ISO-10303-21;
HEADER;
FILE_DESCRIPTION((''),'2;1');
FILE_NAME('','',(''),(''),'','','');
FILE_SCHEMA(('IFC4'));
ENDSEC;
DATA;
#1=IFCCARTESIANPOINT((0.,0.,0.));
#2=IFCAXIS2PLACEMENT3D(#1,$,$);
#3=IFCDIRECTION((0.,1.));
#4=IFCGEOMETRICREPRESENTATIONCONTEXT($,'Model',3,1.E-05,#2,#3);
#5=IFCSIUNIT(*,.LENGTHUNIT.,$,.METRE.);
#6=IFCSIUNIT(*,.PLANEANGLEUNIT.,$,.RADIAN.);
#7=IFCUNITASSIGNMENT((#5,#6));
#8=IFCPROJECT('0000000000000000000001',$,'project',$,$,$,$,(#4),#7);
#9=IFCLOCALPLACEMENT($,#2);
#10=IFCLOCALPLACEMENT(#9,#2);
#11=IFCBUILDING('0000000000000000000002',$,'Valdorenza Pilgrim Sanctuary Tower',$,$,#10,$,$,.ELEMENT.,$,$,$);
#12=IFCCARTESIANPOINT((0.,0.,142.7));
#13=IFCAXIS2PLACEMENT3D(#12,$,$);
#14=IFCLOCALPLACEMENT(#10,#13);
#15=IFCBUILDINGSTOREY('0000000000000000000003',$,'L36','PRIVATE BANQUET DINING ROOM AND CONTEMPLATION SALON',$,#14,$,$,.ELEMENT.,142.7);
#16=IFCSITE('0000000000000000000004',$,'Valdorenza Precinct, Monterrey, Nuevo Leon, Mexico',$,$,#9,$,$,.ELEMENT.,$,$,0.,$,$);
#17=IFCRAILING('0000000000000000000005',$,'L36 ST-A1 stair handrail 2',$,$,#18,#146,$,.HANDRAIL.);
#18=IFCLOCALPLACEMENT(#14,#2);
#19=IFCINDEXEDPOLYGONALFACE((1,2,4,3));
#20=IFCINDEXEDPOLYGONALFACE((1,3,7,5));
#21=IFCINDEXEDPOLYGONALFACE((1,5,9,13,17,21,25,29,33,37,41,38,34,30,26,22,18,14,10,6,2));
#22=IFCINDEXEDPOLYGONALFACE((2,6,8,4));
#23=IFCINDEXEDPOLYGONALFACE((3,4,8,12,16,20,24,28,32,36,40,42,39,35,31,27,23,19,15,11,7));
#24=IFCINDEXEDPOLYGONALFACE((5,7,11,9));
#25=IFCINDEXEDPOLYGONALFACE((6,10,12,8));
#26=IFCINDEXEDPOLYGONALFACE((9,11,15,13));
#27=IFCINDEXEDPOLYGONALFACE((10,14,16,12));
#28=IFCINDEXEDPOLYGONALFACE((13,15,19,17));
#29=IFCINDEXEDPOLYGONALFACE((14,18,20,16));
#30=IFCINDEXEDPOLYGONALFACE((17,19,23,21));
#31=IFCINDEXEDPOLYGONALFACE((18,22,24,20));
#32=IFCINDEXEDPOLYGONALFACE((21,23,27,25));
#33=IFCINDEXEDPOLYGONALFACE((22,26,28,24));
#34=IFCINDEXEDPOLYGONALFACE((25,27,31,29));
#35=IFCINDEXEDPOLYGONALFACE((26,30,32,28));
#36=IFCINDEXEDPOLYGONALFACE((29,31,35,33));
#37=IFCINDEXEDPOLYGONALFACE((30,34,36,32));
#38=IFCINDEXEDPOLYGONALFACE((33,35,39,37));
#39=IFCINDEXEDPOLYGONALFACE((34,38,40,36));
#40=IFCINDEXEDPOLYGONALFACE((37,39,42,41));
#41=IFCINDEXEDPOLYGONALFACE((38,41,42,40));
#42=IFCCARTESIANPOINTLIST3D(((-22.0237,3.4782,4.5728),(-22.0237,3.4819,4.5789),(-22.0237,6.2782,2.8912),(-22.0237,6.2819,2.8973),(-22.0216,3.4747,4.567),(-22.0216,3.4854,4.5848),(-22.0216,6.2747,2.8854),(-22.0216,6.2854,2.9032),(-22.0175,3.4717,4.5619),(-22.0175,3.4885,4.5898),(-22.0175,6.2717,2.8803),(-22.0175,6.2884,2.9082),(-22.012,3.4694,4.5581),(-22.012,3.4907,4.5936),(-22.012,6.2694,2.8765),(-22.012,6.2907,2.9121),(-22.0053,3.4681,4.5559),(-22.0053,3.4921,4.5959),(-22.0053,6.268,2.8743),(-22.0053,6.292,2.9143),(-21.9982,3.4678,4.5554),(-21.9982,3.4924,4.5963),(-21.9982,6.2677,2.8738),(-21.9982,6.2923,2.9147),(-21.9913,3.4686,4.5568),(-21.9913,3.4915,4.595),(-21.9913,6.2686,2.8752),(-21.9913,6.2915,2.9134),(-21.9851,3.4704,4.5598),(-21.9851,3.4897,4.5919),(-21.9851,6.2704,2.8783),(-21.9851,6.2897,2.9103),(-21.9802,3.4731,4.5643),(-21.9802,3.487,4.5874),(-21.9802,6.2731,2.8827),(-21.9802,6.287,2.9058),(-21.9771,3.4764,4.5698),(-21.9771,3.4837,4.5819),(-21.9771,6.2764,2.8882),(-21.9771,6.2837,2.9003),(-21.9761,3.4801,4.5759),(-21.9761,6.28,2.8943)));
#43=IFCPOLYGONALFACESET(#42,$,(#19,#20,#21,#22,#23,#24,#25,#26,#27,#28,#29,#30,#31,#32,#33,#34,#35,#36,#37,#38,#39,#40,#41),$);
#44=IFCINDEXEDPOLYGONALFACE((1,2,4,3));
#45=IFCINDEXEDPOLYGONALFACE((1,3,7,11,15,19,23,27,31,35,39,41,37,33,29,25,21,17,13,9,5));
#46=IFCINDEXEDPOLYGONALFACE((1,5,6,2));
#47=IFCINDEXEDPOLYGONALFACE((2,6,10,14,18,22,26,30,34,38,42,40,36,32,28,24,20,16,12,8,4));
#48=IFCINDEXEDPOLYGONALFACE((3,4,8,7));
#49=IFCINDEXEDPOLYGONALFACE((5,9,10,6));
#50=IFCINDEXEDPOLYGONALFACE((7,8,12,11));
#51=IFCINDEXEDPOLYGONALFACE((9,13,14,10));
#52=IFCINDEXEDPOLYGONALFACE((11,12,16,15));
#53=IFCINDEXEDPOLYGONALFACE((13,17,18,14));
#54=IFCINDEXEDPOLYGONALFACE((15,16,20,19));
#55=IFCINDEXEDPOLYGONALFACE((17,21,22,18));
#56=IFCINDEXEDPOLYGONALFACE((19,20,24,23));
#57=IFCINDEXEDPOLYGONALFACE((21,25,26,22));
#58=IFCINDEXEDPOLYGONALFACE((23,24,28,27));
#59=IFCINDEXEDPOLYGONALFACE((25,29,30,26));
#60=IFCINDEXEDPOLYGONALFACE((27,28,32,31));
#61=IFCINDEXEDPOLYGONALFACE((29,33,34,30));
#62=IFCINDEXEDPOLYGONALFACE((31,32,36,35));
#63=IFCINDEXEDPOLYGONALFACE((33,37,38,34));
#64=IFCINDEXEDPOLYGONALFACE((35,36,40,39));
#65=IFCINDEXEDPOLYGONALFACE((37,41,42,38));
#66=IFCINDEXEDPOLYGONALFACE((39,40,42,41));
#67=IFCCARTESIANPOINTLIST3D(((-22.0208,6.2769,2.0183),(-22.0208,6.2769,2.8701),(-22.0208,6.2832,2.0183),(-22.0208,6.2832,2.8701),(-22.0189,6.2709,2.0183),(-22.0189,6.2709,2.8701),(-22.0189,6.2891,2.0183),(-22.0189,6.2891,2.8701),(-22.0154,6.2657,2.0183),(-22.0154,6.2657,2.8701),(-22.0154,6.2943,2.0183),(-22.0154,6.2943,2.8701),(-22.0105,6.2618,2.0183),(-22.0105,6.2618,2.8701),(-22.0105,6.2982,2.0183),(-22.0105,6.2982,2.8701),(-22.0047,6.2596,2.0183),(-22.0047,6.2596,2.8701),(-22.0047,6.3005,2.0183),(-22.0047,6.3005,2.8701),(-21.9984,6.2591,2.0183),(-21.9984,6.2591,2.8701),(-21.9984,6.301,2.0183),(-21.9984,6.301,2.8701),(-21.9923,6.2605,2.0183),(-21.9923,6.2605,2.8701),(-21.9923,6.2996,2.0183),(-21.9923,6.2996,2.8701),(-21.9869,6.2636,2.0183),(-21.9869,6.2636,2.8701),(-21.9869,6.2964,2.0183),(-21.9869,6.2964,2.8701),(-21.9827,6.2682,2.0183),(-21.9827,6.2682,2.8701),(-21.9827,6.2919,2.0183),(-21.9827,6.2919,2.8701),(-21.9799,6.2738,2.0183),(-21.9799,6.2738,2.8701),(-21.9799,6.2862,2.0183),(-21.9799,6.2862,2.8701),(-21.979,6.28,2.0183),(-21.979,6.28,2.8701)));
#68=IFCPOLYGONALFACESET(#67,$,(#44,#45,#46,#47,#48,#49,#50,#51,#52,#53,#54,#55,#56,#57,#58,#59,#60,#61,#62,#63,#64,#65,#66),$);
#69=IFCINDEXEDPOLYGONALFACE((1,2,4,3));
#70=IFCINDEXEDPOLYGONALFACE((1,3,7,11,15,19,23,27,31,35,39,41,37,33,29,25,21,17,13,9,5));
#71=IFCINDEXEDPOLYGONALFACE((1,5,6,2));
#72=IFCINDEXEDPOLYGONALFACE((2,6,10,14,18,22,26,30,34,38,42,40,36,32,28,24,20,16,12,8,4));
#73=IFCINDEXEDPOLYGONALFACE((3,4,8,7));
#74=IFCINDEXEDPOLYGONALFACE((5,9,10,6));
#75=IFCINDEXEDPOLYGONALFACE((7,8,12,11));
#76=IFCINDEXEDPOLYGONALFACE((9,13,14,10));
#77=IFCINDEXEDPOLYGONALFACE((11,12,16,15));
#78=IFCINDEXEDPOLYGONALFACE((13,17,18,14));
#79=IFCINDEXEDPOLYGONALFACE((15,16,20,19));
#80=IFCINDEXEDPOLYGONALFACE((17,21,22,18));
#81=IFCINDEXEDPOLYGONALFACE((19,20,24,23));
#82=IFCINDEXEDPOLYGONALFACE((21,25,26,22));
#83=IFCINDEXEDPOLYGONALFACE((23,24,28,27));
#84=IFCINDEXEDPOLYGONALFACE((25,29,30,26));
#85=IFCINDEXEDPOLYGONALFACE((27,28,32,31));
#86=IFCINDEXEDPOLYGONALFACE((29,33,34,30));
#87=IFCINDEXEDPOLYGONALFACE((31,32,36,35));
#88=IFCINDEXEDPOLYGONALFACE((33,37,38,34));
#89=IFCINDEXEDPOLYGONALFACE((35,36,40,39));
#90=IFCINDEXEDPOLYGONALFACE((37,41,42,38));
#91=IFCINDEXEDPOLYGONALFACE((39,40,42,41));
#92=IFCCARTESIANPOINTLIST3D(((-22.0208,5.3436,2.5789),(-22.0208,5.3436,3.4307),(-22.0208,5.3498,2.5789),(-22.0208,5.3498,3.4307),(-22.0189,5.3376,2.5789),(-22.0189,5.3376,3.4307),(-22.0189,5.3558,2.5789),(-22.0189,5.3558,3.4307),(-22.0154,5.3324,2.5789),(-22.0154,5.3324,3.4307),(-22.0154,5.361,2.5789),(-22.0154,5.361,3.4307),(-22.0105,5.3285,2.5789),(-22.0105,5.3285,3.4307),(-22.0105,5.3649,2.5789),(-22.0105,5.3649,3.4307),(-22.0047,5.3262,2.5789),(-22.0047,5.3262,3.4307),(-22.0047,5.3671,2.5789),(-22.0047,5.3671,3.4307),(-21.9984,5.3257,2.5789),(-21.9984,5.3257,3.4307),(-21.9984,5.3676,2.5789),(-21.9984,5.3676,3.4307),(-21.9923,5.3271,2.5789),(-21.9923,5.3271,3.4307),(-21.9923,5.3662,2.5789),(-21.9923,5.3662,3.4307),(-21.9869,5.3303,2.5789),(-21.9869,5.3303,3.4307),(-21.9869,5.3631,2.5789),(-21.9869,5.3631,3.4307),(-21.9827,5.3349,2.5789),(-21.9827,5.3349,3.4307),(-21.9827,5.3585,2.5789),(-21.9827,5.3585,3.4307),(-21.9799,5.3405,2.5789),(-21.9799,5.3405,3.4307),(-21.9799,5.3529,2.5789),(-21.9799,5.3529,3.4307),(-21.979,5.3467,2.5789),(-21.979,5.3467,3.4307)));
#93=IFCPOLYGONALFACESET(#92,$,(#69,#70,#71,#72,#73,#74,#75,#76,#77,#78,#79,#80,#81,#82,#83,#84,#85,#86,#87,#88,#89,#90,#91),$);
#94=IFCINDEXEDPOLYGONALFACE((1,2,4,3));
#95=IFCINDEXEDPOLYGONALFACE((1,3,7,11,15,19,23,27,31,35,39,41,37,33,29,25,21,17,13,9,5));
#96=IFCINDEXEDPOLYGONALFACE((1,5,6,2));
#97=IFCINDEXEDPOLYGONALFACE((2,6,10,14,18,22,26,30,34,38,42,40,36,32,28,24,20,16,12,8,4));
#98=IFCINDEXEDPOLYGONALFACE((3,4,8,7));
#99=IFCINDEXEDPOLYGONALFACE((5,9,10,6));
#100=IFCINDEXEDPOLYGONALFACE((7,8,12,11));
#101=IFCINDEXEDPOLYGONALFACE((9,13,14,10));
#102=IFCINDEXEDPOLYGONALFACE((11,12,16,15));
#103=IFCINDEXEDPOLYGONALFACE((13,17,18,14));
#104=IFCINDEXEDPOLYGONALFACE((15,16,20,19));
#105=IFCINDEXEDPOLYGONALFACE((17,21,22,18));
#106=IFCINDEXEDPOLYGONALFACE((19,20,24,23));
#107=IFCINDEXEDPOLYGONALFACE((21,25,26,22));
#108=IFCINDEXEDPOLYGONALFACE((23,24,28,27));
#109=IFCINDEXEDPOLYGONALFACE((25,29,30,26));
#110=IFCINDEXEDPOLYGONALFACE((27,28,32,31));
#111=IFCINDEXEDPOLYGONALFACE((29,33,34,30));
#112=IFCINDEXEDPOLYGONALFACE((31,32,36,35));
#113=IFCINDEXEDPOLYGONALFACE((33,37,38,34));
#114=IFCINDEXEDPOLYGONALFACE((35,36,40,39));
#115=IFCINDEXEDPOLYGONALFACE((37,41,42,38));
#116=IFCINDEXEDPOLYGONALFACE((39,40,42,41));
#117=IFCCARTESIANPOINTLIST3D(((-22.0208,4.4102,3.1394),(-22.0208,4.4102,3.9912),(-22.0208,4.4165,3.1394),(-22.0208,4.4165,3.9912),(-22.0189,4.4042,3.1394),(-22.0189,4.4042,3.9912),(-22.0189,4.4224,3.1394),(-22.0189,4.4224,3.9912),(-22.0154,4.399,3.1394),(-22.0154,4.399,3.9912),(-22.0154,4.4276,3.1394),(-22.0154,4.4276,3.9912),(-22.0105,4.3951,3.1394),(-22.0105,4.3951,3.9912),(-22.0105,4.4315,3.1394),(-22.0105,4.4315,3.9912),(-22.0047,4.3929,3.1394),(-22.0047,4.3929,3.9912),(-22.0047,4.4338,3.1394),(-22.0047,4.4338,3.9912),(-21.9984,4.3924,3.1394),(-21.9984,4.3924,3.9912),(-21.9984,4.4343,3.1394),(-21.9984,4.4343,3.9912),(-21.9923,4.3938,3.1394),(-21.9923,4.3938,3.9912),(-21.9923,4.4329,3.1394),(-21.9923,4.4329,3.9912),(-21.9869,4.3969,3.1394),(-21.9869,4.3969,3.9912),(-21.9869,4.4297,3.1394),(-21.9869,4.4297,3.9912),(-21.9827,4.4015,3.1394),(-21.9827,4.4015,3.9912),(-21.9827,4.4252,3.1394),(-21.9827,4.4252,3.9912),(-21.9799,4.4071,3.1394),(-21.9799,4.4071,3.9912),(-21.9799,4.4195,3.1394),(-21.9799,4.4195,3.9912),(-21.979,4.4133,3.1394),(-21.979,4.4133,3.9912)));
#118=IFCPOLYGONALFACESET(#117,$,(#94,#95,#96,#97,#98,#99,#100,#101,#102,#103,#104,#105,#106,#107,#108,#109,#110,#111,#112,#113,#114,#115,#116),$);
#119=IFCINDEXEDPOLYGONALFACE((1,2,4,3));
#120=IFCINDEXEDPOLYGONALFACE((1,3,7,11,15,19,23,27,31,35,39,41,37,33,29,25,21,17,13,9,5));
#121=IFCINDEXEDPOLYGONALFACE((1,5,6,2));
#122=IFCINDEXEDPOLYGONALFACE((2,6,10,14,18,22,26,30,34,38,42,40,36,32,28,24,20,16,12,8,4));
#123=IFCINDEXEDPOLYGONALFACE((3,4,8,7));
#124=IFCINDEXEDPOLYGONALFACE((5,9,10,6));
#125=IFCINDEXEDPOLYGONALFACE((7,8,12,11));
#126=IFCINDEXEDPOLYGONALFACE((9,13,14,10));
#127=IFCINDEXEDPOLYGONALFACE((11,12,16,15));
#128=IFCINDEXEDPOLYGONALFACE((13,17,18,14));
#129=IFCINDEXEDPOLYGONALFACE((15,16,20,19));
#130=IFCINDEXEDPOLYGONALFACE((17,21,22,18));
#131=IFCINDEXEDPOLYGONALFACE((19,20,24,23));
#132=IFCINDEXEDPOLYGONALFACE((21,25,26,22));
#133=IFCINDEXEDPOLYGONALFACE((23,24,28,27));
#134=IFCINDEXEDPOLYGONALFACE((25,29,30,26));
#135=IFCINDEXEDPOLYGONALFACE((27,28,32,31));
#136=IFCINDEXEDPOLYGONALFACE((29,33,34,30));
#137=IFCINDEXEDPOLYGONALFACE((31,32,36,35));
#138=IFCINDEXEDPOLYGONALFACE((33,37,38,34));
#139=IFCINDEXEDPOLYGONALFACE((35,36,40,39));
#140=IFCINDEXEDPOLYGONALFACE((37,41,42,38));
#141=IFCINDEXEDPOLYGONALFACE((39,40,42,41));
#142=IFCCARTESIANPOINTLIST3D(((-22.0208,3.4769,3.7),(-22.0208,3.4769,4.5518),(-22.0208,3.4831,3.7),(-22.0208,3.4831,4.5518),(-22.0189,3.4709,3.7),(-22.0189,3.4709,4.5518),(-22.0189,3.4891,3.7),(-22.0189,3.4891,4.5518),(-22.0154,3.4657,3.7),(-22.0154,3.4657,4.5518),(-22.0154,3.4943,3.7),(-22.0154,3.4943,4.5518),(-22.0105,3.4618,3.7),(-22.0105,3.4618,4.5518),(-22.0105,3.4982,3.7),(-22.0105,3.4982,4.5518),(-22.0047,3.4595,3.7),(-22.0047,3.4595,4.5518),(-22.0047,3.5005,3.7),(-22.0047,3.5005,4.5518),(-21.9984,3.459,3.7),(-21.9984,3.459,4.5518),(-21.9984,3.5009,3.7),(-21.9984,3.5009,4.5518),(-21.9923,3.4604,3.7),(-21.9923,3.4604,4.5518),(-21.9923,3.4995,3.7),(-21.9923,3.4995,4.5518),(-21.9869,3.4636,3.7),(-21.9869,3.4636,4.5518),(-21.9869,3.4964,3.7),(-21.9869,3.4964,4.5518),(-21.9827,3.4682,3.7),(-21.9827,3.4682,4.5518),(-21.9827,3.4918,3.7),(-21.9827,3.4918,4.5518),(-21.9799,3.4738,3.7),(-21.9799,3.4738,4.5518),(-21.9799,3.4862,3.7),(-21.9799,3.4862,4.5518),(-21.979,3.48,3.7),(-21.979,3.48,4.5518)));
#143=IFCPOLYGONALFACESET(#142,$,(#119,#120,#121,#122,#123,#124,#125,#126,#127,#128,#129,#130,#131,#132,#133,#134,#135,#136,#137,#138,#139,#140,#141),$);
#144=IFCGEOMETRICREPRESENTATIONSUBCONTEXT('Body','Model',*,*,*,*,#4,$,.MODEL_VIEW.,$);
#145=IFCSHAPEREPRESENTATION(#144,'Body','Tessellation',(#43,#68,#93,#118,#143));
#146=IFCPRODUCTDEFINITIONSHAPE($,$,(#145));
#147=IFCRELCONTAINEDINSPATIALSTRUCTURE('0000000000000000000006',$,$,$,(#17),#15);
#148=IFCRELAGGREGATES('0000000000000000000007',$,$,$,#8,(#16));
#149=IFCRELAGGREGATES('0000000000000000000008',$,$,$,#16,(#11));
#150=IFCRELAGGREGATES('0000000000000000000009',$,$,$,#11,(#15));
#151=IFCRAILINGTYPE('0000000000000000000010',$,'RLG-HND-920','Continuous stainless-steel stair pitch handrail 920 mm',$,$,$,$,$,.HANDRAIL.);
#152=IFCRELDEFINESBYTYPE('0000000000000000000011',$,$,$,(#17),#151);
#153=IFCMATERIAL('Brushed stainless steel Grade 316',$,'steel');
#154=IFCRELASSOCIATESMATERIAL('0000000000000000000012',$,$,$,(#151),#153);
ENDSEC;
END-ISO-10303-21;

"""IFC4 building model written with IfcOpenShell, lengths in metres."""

from ifc_helpers import new_model, si_unit, direction, frame, origin, origin_2d, place, context, subcontext, project, spatial, circle, extrude, material, type_object, element, save


model = new_model("IFC4")

# Units and contexts
model_context = context("Model", 3, precision=1e-05, world=origin(), true_north=direction((0.0, 1.0)))
body_context = subcontext(model_context, "Body", "Model", "MODEL_VIEW")
ifc_project = project(units=[si_unit("LENGTHUNIT", "METRE"), si_unit("PLANEANGLEUNIT", "RADIAN")], contexts=[model_context])

# Site, building, storey
site_placement = place(None, origin())
site = spatial("IfcSite", under=ifc_project, at=site_placement, Name="Valdorenza Precinct, Monterrey, Nuevo Leon, Mexico", CompositionType="ELEMENT", RefElevation=0.0)
building_placement = place(site_placement, origin())
building = spatial("IfcBuilding", under=site, at=building_placement, Name="Valdorenza Pilgrim Sanctuary Tower", CompositionType="ELEMENT")
storey_placement = place(building_placement, frame((0.0, 0.0, 142.7)))
storey = spatial("IfcBuildingStorey", under=building, at=storey_placement, Name="L36", Description="PRIVATE BANQUET DINING ROOM AND CONTEMPLATION SALON", CompositionType="ELEMENT", Elevation=142.7)

# Shared definitions
ifc_material_1 = material(Name="Brushed stainless steel Grade 316", Category="steel")

# Railing
railing_type_1 = type_object("IfcRailingType", Name="RLG-HND-920", Description="Continuous stainless-steel stair pitch handrail 920 mm", PredefinedType="HANDRAIL", material=ifc_material_1)
railing_1_placement = place(storey_placement, frame((-22.0, 6.28, 2.0183)))
element("IfcRailing", 1, at=railing_1_placement, inside=storey, type_object=railing_type_1, Name="L36 ST-A1 stair handrail 2", PredefinedType="HANDRAIL", context=body_context, shape_type="SweptSolid", body=[
    extrude(circle(Radius=0.0239, at=origin_2d()), frame((0.0, 0.0, 0.876), z_axis=(0.0, -0.857275, 0.514858), x_axis=(1.0, 0.0, 0.0)), (0.0, 0.0, 1.0), 3.2661),
    extrude(circle(Radius=0.021, at=origin_2d()), origin(), (0.0, 0.0, 1.0), 0.8518),
    extrude(circle(Radius=0.021, at=origin_2d()), frame((0.0, -0.9333, 0.5605)), (0.0, 0.0, 1.0), 0.8518),
    extrude(circle(Radius=0.021, at=origin_2d()), frame((0.0, -1.8667, 1.1211)), (0.0, 0.0, 1.0), 0.8518),
    extrude(circle(Radius=0.021, at=origin_2d()), frame((0.0, -2.8, 1.6816)), (0.0, 0.0, 1.0), 0.8518),
])

save(model, "model.ifc")
